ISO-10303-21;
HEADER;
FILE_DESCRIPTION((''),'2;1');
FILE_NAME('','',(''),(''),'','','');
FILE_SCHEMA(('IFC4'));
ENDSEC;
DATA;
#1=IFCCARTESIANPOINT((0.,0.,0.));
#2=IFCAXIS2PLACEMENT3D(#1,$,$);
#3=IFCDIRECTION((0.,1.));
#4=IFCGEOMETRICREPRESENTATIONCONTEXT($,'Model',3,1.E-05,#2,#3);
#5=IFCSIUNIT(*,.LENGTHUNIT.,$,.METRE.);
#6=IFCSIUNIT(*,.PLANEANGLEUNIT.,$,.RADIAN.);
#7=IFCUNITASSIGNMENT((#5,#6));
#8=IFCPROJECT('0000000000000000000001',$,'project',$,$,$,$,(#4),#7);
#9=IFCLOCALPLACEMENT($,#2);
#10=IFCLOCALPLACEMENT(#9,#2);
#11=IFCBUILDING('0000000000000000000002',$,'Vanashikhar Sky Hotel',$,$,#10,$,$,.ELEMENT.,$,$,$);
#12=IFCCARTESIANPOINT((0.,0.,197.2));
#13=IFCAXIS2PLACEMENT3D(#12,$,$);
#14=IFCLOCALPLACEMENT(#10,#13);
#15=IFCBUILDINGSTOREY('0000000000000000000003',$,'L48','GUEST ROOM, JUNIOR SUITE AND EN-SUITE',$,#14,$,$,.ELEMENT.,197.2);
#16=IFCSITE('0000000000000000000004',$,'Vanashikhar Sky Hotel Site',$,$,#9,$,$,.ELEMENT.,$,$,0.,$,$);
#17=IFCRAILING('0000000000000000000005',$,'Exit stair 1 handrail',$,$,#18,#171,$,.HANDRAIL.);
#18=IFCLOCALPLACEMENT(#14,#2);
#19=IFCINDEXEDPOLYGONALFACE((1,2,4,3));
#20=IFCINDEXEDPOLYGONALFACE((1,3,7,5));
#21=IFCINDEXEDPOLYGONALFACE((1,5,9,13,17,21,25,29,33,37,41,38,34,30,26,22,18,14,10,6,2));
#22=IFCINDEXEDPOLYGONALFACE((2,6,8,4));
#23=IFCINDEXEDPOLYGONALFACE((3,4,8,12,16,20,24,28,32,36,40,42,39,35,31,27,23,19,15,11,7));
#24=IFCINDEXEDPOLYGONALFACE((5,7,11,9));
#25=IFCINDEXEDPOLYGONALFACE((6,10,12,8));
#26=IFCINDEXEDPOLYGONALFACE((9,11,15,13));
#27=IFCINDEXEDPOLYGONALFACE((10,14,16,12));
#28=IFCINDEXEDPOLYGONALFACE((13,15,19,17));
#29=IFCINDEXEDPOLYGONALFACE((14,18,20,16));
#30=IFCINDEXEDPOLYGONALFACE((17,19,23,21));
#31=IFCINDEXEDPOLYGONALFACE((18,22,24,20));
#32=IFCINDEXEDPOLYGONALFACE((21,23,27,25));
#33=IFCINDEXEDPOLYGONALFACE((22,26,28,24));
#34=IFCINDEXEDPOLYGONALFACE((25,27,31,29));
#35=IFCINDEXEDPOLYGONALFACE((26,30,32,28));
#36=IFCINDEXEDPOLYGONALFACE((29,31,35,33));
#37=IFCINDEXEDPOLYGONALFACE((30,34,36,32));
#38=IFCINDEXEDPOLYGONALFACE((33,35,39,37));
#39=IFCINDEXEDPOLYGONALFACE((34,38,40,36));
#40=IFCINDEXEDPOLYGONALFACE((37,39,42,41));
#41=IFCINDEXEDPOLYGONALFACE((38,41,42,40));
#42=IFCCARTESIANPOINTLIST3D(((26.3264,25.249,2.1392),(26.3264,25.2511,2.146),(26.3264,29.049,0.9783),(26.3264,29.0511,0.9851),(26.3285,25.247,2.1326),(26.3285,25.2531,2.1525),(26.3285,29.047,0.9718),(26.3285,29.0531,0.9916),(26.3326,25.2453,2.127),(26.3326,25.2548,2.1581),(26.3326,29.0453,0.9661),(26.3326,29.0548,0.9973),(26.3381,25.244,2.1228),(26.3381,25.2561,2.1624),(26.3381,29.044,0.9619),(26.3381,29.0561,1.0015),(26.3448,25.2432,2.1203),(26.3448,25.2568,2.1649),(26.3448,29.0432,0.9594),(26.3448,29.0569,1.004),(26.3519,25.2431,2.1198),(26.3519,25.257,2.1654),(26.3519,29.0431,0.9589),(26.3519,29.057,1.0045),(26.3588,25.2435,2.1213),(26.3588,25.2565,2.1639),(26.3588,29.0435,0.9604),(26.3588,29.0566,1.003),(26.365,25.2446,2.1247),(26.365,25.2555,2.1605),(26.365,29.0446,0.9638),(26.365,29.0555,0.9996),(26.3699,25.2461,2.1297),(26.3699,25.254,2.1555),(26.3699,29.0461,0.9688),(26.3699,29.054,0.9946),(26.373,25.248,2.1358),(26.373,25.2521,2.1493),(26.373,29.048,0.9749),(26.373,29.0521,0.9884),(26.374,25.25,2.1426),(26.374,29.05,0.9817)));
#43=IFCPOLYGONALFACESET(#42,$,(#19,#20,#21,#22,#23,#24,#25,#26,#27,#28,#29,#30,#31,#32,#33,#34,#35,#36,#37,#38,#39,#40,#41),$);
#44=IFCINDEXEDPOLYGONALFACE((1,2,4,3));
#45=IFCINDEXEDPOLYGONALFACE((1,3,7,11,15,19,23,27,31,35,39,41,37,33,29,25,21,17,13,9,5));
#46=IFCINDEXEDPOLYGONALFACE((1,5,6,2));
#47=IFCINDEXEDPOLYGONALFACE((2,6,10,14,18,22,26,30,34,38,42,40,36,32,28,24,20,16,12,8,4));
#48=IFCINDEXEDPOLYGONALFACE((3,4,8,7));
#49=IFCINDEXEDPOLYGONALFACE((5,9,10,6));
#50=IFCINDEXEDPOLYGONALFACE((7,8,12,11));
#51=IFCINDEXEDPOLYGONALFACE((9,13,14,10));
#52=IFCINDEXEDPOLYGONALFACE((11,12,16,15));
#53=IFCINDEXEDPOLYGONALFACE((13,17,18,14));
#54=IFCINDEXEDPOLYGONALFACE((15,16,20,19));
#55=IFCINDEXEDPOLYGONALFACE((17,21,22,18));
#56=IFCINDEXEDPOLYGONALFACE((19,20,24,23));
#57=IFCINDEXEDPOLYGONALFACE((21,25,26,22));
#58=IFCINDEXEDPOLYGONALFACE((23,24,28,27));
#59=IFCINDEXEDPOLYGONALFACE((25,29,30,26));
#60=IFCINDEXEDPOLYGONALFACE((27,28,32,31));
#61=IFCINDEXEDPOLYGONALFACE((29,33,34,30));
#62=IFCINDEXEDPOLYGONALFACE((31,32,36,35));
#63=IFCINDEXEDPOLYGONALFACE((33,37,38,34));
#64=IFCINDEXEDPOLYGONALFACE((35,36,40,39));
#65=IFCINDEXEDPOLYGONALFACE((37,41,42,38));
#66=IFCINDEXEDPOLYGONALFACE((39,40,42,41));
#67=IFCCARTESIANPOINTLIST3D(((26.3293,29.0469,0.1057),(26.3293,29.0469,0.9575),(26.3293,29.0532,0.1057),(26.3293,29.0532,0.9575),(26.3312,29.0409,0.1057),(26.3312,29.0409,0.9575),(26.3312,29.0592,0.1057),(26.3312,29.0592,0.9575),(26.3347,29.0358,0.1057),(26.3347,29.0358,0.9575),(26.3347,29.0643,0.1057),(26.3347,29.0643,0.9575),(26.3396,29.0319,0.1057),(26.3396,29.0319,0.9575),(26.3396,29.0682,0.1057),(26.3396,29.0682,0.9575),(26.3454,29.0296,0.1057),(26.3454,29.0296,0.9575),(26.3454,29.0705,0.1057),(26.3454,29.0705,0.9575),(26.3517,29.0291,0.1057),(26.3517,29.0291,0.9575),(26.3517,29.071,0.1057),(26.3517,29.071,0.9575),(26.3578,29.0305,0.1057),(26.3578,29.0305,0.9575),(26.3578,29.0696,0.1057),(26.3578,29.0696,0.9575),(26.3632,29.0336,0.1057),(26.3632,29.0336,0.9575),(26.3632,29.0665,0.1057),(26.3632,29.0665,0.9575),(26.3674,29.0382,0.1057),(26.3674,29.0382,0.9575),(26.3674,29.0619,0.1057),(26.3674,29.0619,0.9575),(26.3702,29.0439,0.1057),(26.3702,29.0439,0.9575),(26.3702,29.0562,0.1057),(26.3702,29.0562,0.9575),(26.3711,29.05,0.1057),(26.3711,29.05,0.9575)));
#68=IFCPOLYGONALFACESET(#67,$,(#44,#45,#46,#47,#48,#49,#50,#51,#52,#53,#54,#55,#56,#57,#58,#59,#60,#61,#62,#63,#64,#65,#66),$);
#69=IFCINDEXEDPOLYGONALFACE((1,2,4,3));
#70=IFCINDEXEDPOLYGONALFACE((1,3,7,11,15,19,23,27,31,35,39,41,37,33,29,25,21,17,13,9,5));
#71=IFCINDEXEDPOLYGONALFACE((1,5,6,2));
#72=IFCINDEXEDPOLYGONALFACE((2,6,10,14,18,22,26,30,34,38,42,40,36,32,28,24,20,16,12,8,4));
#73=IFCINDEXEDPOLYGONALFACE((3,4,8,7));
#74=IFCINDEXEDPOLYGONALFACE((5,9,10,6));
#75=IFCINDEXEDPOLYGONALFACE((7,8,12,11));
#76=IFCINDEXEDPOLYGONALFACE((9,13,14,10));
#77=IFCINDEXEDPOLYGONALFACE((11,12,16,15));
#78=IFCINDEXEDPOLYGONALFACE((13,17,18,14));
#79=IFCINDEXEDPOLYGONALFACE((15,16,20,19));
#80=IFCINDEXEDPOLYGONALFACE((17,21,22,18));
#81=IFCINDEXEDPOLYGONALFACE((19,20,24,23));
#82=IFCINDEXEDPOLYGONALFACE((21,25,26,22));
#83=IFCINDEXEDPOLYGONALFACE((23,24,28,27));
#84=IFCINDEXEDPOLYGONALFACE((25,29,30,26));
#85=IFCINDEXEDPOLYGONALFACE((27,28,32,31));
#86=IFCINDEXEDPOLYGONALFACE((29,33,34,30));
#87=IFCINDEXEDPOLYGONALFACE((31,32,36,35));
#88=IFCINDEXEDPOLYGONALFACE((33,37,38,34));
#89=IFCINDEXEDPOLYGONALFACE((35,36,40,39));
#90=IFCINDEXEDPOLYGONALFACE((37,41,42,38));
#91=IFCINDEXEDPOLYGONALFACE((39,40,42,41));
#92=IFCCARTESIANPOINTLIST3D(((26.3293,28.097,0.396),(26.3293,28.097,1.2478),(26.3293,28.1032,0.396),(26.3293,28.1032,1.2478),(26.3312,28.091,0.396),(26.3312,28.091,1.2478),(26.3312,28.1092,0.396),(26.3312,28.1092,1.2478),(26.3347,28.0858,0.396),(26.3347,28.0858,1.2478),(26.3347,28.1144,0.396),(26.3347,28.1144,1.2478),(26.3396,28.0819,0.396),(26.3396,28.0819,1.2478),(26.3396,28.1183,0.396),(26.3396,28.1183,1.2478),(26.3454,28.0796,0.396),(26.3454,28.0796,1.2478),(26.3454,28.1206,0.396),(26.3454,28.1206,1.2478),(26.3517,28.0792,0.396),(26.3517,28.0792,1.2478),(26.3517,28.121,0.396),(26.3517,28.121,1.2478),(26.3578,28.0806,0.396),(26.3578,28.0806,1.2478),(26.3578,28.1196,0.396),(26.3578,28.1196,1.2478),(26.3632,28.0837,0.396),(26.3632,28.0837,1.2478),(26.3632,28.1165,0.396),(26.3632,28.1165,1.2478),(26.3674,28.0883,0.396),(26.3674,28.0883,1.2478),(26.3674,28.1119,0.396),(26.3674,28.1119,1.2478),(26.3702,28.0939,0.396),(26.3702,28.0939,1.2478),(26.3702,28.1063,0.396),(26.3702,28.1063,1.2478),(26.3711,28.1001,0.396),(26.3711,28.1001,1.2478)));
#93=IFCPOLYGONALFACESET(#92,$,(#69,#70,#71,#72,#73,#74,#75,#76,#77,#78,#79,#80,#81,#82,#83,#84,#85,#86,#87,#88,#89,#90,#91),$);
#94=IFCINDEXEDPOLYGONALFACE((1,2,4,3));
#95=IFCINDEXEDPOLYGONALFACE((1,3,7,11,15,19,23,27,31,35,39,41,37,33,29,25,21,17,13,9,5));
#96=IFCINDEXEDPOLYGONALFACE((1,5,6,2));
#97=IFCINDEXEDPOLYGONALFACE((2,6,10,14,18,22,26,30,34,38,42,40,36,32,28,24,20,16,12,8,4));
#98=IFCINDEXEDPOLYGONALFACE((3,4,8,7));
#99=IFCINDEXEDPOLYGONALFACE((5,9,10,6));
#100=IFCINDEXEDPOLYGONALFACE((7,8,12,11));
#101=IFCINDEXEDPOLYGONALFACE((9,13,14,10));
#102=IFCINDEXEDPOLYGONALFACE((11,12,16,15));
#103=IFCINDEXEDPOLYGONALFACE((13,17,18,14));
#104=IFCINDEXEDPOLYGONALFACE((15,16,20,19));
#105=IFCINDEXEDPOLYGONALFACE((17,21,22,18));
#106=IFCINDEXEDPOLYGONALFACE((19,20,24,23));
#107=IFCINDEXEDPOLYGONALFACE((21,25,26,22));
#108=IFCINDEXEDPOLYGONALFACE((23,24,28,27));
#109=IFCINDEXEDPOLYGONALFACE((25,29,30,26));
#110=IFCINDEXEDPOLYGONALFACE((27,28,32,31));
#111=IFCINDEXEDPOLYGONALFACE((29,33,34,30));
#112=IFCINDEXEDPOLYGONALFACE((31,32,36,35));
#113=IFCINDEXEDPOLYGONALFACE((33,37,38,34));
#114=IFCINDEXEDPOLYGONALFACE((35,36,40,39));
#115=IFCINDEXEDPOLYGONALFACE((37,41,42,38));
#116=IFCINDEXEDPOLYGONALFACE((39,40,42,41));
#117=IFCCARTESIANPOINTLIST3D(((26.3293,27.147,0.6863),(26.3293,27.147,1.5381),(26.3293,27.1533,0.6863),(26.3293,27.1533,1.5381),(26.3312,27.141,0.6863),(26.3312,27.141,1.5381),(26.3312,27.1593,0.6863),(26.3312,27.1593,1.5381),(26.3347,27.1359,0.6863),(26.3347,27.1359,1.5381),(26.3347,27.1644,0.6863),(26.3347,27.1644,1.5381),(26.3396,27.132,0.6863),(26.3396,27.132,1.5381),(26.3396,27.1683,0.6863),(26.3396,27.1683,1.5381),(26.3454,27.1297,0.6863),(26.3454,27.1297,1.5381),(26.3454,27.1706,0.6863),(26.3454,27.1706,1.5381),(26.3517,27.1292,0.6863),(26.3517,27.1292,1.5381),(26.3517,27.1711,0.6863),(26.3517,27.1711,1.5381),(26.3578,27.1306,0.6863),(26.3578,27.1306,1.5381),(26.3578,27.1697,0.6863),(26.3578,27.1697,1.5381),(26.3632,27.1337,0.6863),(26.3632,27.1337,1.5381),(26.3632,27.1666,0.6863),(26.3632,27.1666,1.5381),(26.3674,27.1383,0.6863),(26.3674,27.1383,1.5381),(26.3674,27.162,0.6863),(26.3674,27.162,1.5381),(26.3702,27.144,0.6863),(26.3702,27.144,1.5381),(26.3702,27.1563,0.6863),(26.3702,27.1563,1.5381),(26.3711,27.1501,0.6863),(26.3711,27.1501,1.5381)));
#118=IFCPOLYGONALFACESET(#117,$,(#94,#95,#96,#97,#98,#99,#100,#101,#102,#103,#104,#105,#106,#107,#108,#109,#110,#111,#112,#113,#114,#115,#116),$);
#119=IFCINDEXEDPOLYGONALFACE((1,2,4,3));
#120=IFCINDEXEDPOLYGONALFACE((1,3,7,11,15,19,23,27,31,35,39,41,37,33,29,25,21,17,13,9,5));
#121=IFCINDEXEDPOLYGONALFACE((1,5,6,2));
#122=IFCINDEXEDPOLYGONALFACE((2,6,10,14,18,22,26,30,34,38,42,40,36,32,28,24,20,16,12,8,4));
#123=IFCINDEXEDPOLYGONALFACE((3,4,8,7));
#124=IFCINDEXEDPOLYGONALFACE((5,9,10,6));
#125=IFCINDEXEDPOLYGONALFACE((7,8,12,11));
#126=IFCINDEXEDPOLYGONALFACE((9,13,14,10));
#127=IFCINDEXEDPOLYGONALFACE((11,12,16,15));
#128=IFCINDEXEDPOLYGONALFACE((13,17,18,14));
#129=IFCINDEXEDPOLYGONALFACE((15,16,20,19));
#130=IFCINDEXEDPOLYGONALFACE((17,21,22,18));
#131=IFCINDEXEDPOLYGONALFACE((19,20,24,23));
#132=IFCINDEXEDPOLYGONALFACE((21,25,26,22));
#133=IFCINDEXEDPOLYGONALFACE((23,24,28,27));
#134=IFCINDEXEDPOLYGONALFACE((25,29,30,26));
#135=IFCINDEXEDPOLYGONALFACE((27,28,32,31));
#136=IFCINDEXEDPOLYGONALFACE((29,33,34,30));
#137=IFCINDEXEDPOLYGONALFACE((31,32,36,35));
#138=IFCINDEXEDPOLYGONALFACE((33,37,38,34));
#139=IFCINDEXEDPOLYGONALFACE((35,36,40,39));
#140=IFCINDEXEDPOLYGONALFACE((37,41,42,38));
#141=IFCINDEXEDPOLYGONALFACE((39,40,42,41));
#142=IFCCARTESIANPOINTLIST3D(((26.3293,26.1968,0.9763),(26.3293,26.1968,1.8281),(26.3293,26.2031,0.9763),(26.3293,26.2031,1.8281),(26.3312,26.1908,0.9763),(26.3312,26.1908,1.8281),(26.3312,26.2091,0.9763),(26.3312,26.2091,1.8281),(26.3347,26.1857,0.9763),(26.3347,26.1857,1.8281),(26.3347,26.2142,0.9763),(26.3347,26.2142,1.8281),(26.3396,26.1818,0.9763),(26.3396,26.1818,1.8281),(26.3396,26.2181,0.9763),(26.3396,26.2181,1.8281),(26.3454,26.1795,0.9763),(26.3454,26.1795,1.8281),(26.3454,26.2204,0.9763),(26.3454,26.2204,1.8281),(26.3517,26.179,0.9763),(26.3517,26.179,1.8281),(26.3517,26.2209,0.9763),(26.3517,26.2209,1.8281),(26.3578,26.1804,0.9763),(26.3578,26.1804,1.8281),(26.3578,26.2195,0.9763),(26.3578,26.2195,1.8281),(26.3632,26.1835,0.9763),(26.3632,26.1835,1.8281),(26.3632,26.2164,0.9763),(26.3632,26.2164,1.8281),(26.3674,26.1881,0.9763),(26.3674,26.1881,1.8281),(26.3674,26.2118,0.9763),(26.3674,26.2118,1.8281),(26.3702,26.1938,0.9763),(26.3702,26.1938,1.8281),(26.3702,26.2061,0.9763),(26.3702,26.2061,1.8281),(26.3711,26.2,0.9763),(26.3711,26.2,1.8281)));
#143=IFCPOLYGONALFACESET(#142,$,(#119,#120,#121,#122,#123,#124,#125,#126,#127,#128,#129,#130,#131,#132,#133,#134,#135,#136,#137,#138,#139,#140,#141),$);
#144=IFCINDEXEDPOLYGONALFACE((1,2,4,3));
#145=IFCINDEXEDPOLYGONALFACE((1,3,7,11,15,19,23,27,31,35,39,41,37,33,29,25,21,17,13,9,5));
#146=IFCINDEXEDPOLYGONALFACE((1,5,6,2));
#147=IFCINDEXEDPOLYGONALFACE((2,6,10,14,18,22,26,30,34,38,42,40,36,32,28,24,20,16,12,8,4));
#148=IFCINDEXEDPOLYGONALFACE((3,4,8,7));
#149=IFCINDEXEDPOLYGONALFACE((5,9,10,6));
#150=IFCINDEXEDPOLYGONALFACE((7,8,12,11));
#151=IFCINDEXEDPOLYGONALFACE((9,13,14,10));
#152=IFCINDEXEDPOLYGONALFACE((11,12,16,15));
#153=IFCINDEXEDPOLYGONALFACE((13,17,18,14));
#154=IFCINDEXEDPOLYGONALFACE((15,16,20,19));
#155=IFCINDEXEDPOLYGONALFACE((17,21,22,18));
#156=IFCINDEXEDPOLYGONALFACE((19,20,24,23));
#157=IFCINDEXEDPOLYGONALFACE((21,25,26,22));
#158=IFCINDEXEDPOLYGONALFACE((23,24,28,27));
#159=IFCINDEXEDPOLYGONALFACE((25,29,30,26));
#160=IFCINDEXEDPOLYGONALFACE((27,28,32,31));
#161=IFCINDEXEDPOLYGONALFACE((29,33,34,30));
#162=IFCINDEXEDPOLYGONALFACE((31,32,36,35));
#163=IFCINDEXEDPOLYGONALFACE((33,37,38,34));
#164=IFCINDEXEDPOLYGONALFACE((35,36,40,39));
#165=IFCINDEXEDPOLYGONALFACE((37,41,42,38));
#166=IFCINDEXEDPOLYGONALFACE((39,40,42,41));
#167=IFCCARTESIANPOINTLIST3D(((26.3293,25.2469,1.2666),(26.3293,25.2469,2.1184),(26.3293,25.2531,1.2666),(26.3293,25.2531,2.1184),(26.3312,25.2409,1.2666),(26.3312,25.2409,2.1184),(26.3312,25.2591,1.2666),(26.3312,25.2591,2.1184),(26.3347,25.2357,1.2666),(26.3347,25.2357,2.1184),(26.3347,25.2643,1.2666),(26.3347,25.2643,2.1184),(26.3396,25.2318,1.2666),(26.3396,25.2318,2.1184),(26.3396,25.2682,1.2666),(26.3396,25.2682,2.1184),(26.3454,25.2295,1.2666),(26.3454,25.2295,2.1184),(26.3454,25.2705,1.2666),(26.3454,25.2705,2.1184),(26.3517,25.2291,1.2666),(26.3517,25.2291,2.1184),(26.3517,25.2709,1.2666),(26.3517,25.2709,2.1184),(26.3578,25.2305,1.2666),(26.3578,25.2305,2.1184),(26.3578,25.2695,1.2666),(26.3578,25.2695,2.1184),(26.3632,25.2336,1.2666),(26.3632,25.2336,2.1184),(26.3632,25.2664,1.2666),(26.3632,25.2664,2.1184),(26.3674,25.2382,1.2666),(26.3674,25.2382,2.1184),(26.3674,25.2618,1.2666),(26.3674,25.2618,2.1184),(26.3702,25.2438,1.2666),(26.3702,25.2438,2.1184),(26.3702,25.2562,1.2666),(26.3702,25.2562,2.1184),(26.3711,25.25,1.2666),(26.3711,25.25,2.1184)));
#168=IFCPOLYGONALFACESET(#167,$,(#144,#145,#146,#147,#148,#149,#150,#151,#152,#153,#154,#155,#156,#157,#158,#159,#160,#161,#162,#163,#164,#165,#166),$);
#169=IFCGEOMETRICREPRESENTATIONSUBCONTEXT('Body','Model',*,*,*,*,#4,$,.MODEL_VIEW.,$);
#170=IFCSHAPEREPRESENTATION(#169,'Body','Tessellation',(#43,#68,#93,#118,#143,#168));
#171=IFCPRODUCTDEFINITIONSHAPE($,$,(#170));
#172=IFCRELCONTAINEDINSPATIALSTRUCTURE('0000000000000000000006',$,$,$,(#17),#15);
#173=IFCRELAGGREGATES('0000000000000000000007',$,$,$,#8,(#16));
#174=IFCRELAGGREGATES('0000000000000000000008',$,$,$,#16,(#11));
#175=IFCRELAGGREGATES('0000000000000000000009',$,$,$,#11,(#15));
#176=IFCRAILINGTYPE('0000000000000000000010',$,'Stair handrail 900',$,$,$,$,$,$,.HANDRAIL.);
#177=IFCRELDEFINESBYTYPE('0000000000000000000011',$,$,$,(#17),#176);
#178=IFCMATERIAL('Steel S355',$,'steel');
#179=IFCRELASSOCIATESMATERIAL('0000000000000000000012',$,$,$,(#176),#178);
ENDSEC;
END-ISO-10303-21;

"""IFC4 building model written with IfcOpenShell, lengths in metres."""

from ifc_helpers import new_model, si_unit, direction, frame, origin, origin_2d, place, context, subcontext, project, spatial, circle, extrude, source, transform, mapped, material, type_object, element, save


model = new_model("IFC4")

# Units and contexts
model_context = context("Model", 3, precision=1e-05, world=origin(), true_north=direction((0.0, 1.0)))
body_context = subcontext(model_context, "Body", "Model", "MODEL_VIEW")
ifc_project = project(units=[si_unit("LENGTHUNIT", "METRE"), si_unit("PLANEANGLEUNIT", "RADIAN")], contexts=[model_context])

# Site, building, storey
site_placement = place(None, origin())
site = spatial("IfcSite", under=ifc_project, at=site_placement, Name="Vanashikhar Sky Hotel Site", CompositionType="ELEMENT", RefElevation=0.0)
building_placement = place(site_placement, origin())
building = spatial("IfcBuilding", under=site, at=building_placement, Name="Vanashikhar Sky Hotel", CompositionType="ELEMENT")
storey_placement = place(building_placement, frame((0.0, 0.0, 197.2)))
storey = spatial("IfcBuildingStorey", under=building, at=storey_placement, Name="L48", Description="GUEST ROOM, JUNIOR SUITE AND EN-SUITE", CompositionType="ELEMENT", Elevation=197.2)

# Railing
ifc_material_1 = material(Name="Steel S355", Category="steel")
railing_type_1 = type_object("IfcRailingType", Name="Stair handrail 900", PredefinedType="HANDRAIL", material=ifc_material_1)
shared_shape_1 = source(origin(), body_context, "Body", "SweptSolid", [
    extrude(circle(Radius=0.0239, at=origin_2d()), frame((0.0, 0.0, 0.876), z_axis=(0.0, -0.956368, 0.292164), x_axis=(1.0, 0.0, 0.0)), (0.0, 0.0, 1.0), 3.9734),
    extrude(circle(Radius=0.021, at=origin_2d()), origin(), (0.0, 0.0, 1.0), 0.8518),
    extrude(circle(Radius=0.021, at=origin_2d()), frame((0.0, -0.95, 0.2903)), (0.0, 0.0, 1.0), 0.8518),
    extrude(circle(Radius=0.021, at=origin_2d()), frame((0.0, -1.8999, 0.5806)), (0.0, 0.0, 1.0), 0.8518),
    extrude(circle(Radius=0.021, at=origin_2d()), frame((0.0, -2.8501, 0.8706)), (0.0, 0.0, 1.0), 0.8518),
    extrude(circle(Radius=0.021, at=origin_2d()), frame((0.0, -3.8, 1.1609)), (0.0, 0.0, 1.0), 0.8518),
])
for number, where, name in (
    (1, (26.3501, 29.05, 0.1057), "Exit stair 1 handrail"),
):
    element("IfcRailing", number, at=place(storey_placement, frame(where)), inside=storey, type_object=railing_type_1, Name=name, PredefinedType="HANDRAIL", context=body_context, shape_type="MappedRepresentation", body=[
        mapped(shared_shape_1, transform((0.0, 0.0, 0.0), scale=1.0)),
    ])

save(model, "model.ifc")
